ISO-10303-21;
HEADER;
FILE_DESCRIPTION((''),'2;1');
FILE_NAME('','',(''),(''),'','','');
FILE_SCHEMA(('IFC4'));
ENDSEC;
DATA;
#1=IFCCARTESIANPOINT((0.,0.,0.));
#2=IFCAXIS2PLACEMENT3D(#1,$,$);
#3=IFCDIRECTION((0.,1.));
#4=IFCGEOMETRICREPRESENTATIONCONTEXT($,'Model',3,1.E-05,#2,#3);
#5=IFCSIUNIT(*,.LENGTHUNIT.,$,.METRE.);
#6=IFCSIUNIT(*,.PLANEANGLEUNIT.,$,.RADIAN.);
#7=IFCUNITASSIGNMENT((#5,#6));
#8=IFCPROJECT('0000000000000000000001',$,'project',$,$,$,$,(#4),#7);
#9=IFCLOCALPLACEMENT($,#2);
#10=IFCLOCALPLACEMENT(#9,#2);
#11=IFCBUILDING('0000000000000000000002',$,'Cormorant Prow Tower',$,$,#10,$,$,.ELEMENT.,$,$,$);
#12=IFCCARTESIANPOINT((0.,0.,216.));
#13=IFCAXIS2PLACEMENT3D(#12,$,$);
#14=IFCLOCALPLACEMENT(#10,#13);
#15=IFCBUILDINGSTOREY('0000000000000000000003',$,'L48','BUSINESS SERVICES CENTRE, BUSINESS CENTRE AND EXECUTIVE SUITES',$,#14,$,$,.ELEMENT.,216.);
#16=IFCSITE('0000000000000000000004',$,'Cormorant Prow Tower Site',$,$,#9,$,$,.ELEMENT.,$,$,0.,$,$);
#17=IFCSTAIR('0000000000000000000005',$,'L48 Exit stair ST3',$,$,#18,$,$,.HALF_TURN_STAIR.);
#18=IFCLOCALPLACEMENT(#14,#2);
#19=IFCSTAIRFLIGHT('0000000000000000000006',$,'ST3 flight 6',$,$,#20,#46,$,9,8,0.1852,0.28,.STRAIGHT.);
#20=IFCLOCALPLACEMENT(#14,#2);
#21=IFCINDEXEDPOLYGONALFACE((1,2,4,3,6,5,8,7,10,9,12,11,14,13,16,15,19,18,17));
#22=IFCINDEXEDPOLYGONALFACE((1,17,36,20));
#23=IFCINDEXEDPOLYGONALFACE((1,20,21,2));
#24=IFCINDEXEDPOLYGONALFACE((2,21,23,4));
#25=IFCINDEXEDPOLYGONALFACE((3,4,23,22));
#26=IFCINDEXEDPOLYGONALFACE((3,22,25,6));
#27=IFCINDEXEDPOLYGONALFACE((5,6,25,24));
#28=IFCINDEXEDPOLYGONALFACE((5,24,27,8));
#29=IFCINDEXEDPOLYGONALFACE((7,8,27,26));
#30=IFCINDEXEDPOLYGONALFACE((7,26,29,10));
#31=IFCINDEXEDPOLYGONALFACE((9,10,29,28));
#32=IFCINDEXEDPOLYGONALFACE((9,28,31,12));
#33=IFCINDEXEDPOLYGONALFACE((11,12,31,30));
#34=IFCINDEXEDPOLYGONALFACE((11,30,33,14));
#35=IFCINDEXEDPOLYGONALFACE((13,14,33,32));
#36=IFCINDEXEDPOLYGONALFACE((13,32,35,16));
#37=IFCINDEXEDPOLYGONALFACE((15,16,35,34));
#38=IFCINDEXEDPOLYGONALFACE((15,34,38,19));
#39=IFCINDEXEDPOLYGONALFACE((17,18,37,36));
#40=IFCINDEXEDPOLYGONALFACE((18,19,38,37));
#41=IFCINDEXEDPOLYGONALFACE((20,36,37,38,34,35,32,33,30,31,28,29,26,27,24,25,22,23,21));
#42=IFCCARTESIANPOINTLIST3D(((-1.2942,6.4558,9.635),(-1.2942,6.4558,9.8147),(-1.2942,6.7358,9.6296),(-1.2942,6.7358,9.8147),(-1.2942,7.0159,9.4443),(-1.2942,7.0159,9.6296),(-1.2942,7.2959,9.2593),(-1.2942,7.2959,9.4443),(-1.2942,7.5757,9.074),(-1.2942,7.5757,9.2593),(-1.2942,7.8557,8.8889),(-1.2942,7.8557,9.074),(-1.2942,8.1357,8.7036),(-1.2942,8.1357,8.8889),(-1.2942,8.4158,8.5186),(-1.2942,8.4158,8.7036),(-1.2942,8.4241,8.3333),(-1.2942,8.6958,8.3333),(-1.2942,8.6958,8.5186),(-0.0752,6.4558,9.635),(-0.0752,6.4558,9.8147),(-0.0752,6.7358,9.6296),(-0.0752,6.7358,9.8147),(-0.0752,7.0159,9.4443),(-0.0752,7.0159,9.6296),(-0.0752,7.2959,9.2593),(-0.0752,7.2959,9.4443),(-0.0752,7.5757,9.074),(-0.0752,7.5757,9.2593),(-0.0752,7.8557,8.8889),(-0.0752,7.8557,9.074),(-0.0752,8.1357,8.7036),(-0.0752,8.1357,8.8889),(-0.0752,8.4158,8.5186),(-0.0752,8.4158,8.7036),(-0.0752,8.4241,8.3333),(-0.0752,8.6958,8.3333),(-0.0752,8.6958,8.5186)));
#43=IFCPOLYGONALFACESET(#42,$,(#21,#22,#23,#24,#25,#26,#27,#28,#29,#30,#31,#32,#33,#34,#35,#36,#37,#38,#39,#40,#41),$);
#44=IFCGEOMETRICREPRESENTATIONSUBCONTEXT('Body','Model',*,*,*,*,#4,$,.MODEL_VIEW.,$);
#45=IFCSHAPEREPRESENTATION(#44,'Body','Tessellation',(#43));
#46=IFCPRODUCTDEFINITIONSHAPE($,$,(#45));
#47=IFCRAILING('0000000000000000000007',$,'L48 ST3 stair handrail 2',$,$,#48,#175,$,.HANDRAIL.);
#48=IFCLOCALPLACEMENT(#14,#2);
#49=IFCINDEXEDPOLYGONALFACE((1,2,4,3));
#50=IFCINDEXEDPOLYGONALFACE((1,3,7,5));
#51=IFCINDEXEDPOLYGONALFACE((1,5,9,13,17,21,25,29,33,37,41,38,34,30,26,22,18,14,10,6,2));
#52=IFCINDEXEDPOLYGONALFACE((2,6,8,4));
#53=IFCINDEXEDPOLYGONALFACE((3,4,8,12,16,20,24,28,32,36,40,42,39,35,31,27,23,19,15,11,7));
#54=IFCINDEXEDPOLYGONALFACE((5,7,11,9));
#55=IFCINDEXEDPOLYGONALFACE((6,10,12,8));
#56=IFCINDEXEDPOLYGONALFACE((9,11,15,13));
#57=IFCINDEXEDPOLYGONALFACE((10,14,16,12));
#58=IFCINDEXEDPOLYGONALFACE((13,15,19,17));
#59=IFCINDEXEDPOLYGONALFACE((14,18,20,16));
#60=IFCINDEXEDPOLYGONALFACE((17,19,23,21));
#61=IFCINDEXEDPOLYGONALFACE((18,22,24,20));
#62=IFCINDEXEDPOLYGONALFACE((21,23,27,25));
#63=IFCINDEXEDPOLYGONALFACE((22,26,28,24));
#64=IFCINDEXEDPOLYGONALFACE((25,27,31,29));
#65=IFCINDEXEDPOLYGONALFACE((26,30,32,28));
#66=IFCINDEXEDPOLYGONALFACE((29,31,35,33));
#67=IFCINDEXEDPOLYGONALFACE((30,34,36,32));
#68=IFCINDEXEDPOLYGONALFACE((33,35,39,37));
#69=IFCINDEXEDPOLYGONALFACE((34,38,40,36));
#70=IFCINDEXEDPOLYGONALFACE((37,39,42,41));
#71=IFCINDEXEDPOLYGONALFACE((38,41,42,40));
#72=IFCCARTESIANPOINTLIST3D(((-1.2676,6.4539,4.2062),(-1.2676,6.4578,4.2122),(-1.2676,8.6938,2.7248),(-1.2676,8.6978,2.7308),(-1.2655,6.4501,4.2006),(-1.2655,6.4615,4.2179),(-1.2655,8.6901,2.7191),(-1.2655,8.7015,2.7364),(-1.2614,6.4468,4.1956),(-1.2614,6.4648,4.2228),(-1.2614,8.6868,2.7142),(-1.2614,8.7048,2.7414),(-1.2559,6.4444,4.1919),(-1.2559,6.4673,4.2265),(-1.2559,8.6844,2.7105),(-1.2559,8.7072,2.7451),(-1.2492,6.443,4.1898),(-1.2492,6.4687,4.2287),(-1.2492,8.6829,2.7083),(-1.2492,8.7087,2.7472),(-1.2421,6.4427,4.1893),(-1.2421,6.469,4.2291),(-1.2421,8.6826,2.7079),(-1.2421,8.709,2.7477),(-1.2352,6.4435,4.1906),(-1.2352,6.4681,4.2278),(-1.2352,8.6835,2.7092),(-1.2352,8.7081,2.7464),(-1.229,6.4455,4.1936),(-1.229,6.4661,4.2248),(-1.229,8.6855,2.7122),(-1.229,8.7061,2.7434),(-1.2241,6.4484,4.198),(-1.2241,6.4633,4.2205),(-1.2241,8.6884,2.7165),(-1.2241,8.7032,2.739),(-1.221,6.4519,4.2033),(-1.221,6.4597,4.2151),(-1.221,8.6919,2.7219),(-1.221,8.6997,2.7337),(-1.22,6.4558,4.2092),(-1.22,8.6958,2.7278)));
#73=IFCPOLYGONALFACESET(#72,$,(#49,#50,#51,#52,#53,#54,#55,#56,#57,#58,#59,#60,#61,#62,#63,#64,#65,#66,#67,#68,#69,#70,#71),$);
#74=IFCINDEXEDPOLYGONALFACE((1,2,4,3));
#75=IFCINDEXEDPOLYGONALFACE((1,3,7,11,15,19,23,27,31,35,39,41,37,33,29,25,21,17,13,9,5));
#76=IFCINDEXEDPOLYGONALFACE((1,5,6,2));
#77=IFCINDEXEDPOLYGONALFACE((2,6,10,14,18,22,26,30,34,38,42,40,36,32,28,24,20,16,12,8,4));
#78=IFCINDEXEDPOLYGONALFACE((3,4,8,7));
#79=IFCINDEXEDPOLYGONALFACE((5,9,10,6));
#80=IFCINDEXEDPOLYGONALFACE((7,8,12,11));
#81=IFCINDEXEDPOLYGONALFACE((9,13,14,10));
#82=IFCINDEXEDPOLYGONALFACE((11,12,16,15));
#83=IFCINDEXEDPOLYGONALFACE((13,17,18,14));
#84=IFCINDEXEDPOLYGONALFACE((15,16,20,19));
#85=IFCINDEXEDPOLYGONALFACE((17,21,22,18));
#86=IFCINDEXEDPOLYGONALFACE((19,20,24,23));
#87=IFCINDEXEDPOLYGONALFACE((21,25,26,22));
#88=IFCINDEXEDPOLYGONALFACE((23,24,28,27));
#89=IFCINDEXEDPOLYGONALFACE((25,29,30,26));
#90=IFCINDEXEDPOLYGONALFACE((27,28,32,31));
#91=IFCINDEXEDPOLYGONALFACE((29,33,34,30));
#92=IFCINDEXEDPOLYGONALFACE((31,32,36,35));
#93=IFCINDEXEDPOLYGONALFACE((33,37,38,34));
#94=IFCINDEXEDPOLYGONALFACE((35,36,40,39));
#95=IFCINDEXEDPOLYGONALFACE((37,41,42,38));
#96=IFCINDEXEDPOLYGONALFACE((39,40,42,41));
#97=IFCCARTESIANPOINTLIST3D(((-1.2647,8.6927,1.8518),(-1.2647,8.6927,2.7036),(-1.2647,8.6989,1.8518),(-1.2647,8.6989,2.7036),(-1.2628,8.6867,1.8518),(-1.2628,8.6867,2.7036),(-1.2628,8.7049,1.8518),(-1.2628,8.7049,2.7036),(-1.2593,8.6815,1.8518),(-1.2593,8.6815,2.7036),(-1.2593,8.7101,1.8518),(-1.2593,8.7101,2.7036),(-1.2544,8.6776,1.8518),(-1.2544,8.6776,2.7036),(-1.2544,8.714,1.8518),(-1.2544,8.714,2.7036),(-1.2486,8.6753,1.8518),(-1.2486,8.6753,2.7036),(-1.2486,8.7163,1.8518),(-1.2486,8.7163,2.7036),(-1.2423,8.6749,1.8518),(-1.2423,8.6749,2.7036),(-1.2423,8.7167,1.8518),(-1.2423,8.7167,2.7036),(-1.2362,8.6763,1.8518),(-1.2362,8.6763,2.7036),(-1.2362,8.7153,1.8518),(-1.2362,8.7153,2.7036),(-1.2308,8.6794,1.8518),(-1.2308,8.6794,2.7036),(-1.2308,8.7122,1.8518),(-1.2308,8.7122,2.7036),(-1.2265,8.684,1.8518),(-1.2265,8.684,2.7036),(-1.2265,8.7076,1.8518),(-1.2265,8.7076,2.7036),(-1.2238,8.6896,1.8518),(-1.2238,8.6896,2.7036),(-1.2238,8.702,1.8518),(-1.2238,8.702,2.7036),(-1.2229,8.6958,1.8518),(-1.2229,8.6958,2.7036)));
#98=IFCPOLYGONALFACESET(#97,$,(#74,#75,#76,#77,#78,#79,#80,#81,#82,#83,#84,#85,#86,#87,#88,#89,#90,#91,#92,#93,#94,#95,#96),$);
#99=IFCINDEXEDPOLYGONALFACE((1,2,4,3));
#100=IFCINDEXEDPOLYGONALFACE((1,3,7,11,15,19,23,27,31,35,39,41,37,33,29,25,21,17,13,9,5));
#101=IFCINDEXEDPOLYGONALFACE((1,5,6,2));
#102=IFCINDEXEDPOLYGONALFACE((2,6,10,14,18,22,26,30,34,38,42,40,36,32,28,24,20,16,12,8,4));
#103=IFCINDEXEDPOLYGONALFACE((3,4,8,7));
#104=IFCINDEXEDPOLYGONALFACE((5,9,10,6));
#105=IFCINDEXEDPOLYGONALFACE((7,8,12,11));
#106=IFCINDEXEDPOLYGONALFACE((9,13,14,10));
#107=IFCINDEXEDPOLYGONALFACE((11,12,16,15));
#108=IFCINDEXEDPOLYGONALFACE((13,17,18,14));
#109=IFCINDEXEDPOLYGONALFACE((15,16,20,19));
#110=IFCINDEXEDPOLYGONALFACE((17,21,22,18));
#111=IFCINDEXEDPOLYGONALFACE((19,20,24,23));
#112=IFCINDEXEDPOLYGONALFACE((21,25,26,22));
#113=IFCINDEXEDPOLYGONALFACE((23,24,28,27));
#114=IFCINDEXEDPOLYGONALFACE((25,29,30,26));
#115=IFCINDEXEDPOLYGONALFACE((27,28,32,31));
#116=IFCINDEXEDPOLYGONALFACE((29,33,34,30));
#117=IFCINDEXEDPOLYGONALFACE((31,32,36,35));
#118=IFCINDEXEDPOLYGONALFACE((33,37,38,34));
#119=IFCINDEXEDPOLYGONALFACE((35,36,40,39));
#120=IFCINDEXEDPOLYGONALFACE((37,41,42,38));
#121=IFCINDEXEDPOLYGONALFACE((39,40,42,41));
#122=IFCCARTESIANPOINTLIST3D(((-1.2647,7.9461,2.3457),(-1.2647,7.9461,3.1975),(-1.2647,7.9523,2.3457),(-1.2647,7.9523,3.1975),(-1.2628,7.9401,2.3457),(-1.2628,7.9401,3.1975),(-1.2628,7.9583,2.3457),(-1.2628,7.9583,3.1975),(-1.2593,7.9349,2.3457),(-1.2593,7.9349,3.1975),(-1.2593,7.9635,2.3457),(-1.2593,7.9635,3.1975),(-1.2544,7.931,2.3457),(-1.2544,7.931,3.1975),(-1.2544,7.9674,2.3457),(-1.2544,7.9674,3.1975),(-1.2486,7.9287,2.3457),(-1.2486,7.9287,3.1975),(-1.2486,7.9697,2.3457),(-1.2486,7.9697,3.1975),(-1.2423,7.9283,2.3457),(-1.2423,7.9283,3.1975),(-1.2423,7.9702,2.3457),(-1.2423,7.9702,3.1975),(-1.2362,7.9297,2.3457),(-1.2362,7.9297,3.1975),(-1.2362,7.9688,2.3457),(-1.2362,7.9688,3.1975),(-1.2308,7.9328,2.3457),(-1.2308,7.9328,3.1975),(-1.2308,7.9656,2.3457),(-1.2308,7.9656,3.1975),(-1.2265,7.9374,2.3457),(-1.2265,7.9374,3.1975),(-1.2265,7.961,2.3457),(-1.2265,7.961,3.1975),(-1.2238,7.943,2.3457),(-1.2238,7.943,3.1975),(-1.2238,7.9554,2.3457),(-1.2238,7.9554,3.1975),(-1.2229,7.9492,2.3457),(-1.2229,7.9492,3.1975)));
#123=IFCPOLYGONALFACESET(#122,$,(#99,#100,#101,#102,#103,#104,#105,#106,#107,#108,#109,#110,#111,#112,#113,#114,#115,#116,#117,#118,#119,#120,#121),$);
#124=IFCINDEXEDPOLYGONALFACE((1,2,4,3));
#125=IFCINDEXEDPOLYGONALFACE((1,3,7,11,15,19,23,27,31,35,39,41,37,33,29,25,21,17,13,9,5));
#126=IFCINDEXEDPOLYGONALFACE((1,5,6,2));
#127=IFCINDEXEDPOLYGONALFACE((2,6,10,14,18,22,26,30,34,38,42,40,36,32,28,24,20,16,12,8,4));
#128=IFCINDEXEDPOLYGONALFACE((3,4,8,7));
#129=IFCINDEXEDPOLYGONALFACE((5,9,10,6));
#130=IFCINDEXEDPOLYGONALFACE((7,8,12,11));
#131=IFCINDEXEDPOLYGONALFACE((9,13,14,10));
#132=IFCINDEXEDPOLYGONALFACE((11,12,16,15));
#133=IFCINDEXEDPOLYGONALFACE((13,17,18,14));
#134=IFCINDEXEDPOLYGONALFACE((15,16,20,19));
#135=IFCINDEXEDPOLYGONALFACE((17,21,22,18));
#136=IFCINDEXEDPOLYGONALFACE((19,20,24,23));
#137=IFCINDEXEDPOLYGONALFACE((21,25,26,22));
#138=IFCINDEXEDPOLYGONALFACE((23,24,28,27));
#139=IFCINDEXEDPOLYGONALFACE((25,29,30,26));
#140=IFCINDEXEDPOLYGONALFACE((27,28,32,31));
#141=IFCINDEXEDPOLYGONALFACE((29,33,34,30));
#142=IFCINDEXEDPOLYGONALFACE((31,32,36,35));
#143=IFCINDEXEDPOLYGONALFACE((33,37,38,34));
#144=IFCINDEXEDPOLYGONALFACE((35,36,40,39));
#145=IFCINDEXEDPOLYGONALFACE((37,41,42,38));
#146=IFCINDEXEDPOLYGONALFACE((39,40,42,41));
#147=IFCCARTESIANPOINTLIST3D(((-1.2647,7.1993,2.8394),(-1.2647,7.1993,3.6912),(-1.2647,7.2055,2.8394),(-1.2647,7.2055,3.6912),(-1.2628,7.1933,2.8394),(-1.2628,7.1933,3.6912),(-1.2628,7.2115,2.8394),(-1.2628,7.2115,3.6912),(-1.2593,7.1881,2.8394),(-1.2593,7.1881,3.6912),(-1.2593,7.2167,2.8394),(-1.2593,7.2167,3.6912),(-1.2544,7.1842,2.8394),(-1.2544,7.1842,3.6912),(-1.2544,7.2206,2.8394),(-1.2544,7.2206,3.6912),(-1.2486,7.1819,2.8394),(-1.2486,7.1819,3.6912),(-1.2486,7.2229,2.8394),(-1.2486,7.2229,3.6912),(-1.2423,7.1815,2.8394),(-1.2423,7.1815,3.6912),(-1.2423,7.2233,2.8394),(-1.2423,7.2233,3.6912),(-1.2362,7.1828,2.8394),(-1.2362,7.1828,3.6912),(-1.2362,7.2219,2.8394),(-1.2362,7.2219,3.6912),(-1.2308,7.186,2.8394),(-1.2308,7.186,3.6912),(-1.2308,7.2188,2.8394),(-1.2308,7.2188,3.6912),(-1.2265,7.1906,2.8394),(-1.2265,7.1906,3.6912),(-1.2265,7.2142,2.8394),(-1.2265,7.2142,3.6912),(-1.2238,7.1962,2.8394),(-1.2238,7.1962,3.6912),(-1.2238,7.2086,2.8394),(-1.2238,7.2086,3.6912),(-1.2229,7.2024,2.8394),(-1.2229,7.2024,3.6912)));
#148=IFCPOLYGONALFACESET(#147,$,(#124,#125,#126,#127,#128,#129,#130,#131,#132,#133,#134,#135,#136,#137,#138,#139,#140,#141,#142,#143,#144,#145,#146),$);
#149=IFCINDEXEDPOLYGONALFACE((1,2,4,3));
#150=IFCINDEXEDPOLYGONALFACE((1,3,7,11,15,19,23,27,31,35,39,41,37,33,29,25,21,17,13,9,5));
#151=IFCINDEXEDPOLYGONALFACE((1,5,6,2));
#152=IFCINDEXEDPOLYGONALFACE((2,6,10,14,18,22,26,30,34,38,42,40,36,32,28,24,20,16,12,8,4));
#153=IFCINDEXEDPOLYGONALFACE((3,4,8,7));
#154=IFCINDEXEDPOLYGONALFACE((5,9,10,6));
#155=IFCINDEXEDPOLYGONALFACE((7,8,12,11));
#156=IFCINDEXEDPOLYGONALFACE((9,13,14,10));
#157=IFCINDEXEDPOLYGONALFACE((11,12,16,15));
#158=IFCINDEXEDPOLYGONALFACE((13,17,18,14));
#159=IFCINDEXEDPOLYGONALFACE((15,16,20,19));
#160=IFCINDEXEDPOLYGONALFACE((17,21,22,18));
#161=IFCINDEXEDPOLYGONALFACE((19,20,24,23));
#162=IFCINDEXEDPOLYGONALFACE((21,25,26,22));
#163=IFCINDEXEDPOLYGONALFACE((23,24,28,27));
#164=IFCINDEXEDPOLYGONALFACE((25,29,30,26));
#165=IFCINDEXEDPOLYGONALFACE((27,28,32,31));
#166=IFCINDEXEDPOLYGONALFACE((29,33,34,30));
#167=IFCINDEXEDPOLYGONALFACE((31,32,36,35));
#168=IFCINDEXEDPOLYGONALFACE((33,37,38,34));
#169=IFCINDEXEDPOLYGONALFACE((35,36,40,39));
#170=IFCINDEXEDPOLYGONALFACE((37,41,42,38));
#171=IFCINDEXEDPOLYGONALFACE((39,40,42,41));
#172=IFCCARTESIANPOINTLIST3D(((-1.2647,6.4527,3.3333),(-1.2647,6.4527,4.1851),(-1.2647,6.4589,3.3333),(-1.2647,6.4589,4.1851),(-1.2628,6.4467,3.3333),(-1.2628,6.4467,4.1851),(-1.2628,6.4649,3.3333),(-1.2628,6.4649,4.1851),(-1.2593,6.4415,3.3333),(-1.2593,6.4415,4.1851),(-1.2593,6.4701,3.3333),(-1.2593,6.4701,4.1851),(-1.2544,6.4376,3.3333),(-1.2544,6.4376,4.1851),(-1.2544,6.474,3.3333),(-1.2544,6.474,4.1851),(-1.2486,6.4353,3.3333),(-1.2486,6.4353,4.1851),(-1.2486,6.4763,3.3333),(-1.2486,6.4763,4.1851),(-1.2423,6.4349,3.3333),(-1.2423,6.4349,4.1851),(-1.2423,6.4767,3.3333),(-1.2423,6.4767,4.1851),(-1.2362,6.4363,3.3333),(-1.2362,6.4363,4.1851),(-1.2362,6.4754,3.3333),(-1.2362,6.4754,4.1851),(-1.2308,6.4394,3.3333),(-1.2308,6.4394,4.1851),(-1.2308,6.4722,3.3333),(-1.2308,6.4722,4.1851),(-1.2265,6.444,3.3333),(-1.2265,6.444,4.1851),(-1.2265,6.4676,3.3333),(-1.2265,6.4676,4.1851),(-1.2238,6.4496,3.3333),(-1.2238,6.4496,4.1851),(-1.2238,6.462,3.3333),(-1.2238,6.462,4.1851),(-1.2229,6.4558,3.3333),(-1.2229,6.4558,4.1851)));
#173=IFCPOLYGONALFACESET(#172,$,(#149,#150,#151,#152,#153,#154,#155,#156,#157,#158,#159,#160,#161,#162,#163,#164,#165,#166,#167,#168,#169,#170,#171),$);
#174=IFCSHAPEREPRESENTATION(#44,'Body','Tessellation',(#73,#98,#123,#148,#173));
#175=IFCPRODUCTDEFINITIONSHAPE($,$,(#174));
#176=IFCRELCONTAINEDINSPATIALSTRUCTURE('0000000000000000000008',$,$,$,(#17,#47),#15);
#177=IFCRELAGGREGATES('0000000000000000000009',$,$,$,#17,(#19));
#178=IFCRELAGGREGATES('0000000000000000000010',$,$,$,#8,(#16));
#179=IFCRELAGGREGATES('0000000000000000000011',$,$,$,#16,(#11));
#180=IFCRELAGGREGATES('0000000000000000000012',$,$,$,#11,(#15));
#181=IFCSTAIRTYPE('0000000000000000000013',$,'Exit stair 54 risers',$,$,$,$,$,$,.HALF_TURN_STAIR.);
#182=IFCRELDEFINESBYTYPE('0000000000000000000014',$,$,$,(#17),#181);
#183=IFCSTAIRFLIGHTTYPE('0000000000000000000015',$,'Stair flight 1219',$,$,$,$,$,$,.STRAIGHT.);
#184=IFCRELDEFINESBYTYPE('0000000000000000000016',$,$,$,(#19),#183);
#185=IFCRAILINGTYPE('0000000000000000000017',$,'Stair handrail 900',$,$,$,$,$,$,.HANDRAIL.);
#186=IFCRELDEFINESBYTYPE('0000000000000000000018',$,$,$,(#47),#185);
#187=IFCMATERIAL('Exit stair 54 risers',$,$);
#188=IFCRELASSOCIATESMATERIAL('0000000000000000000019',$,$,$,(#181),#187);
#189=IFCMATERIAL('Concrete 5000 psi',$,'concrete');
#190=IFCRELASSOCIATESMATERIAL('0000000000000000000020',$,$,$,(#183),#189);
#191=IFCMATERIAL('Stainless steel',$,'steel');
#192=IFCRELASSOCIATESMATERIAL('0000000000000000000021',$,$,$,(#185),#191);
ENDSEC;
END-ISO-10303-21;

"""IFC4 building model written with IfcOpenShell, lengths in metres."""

from ifc_helpers import new_model, si_unit, direction, frame, origin, origin_2d, place, context, subcontext, project, spatial, polyline, circle, outline, extrude, material, type_object, element, aggregate, save


model = new_model("IFC4")

# Units and contexts
model_context = context("Model", 3, precision=1e-05, world=origin(), true_north=direction((0.0, 1.0)))
body_context = subcontext(model_context, "Body", "Model", "MODEL_VIEW")
ifc_project = project(units=[si_unit("LENGTHUNIT", "METRE"), si_unit("PLANEANGLEUNIT", "RADIAN")], contexts=[model_context])

# Site, building, storey
site_placement = place(None, origin())
site = spatial("IfcSite", under=ifc_project, at=site_placement, Name="Cormorant Prow Tower Site", CompositionType="ELEMENT", RefElevation=0.0)
building_placement = place(site_placement, origin())
building = spatial("IfcBuilding", under=site, at=building_placement, Name="Cormorant Prow Tower", CompositionType="ELEMENT")
storey_placement = place(building_placement, frame((0.0, 0.0, 216.0)))
storey = spatial("IfcBuildingStorey", under=building, at=storey_placement, Name="L48", Description="BUSINESS SERVICES CENTRE, BUSINESS CENTRE AND EXECUTIVE SUITES", CompositionType="ELEMENT", Elevation=216.0)

# Stair, stair flight
ifc_material_1 = material(Name="Exit stair 54 risers")
stair_type = type_object("IfcStairType", Name="Exit stair 54 risers", PredefinedType="HALF_TURN_STAIR", material=ifc_material_1)
stair_placement = place(storey_placement, origin())
stair = element("IfcStair", 1, at=stair_placement, inside=storey, type_object=stair_type, Name="L48 Exit stair ST3", PredefinedType="HALF_TURN_STAIR")
ifc_material_2 = material(Name="Concrete 5000 psi", Category="concrete")
stair_flight_type = type_object("IfcStairFlightType", Name="Stair flight 1219", PredefinedType="STRAIGHT", material=ifc_material_2)
stair_flight_1_placement = place(storey_placement, frame((-0.6846, 8.6958, 8.3333), z_axis=(0.0, 0.0, 1.0), x_axis=(0.0, -1.0, 0.0)))
stair_flight_1 = element("IfcStairFlight", 2, at=stair_flight_1_placement, type_object=stair_flight_type, Name="ST3 flight 6", NumberOfRisers=9, NumberOfTreads=8, PredefinedType="STRAIGHT", RiserHeight=0.1852, TreadLength=0.28, context=body_context, shape_type="SweptSolid", body=[
    extrude(outline(polyline([(0.0, 0.0), (0.0, 0.1853), (0.28, 0.1853), (0.28, 0.3704), (0.5601, 0.3704), (0.5601, 0.5557), (0.8401, 0.5557), (0.8401, 0.7407), (1.1201, 0.7407), (1.1201, 0.926), (1.3999, 0.926), (1.3999, 1.1111), (1.6799, 1.1111), (1.6799, 1.2964), (1.96, 1.2964), (1.96, 1.4814), (2.24, 1.4814), (2.24, 1.6667), (2.24, 1.3018), (0.2717, 0.0), (0.0, 0.0)])), frame((0.0, 0.6094, 0.0), z_axis=(0.0, -1.0, 0.0), x_axis=(1.0, 0.0, 0.0)), (0.0, 0.0, 1.0), 1.219),
])
aggregate(stair, [stair_flight_1])

# Railing
ifc_material_3 = material(Name="Stainless steel", Category="steel")
railing_type = type_object("IfcRailingType", Name="Stair handrail 900", PredefinedType="HANDRAIL", material=ifc_material_3)
for number, where, name in (
    (3, (-1.2439, 8.6958, 1.8518), "L48 ST3 stair handrail 2"),
):
    element("IfcRailing", number, at=place(storey_placement, frame(where)), inside=storey, type_object=railing_type, Name=name, PredefinedType="HANDRAIL", context=body_context, shape_type="SweptSolid", body=[
        extrude(circle(Radius=0.0239, at=origin_2d()), frame((0.0, 0.0, 0.876), z_axis=(0.0, -0.834087, 0.551634), x_axis=(1.0, 0.0, 0.0)), (0.0, 0.0, 1.0), 2.6855),
        extrude(circle(Radius=0.021, at=origin_2d()), origin(), (0.0, 0.0, 1.0), 0.8518),
        extrude(circle(Radius=0.021, at=origin_2d()), frame((0.0, -0.7466, 0.4939)), (0.0, 0.0, 1.0), 0.8518),
        extrude(circle(Radius=0.021, at=origin_2d()), frame((0.0, -1.4934, 0.9875)), (0.0, 0.0, 1.0), 0.8518),
        extrude(circle(Radius=0.021, at=origin_2d()), frame((0.0, -2.24, 1.4814)), (0.0, 0.0, 1.0), 0.8518),
    ])

save(model, "model.ifc")
